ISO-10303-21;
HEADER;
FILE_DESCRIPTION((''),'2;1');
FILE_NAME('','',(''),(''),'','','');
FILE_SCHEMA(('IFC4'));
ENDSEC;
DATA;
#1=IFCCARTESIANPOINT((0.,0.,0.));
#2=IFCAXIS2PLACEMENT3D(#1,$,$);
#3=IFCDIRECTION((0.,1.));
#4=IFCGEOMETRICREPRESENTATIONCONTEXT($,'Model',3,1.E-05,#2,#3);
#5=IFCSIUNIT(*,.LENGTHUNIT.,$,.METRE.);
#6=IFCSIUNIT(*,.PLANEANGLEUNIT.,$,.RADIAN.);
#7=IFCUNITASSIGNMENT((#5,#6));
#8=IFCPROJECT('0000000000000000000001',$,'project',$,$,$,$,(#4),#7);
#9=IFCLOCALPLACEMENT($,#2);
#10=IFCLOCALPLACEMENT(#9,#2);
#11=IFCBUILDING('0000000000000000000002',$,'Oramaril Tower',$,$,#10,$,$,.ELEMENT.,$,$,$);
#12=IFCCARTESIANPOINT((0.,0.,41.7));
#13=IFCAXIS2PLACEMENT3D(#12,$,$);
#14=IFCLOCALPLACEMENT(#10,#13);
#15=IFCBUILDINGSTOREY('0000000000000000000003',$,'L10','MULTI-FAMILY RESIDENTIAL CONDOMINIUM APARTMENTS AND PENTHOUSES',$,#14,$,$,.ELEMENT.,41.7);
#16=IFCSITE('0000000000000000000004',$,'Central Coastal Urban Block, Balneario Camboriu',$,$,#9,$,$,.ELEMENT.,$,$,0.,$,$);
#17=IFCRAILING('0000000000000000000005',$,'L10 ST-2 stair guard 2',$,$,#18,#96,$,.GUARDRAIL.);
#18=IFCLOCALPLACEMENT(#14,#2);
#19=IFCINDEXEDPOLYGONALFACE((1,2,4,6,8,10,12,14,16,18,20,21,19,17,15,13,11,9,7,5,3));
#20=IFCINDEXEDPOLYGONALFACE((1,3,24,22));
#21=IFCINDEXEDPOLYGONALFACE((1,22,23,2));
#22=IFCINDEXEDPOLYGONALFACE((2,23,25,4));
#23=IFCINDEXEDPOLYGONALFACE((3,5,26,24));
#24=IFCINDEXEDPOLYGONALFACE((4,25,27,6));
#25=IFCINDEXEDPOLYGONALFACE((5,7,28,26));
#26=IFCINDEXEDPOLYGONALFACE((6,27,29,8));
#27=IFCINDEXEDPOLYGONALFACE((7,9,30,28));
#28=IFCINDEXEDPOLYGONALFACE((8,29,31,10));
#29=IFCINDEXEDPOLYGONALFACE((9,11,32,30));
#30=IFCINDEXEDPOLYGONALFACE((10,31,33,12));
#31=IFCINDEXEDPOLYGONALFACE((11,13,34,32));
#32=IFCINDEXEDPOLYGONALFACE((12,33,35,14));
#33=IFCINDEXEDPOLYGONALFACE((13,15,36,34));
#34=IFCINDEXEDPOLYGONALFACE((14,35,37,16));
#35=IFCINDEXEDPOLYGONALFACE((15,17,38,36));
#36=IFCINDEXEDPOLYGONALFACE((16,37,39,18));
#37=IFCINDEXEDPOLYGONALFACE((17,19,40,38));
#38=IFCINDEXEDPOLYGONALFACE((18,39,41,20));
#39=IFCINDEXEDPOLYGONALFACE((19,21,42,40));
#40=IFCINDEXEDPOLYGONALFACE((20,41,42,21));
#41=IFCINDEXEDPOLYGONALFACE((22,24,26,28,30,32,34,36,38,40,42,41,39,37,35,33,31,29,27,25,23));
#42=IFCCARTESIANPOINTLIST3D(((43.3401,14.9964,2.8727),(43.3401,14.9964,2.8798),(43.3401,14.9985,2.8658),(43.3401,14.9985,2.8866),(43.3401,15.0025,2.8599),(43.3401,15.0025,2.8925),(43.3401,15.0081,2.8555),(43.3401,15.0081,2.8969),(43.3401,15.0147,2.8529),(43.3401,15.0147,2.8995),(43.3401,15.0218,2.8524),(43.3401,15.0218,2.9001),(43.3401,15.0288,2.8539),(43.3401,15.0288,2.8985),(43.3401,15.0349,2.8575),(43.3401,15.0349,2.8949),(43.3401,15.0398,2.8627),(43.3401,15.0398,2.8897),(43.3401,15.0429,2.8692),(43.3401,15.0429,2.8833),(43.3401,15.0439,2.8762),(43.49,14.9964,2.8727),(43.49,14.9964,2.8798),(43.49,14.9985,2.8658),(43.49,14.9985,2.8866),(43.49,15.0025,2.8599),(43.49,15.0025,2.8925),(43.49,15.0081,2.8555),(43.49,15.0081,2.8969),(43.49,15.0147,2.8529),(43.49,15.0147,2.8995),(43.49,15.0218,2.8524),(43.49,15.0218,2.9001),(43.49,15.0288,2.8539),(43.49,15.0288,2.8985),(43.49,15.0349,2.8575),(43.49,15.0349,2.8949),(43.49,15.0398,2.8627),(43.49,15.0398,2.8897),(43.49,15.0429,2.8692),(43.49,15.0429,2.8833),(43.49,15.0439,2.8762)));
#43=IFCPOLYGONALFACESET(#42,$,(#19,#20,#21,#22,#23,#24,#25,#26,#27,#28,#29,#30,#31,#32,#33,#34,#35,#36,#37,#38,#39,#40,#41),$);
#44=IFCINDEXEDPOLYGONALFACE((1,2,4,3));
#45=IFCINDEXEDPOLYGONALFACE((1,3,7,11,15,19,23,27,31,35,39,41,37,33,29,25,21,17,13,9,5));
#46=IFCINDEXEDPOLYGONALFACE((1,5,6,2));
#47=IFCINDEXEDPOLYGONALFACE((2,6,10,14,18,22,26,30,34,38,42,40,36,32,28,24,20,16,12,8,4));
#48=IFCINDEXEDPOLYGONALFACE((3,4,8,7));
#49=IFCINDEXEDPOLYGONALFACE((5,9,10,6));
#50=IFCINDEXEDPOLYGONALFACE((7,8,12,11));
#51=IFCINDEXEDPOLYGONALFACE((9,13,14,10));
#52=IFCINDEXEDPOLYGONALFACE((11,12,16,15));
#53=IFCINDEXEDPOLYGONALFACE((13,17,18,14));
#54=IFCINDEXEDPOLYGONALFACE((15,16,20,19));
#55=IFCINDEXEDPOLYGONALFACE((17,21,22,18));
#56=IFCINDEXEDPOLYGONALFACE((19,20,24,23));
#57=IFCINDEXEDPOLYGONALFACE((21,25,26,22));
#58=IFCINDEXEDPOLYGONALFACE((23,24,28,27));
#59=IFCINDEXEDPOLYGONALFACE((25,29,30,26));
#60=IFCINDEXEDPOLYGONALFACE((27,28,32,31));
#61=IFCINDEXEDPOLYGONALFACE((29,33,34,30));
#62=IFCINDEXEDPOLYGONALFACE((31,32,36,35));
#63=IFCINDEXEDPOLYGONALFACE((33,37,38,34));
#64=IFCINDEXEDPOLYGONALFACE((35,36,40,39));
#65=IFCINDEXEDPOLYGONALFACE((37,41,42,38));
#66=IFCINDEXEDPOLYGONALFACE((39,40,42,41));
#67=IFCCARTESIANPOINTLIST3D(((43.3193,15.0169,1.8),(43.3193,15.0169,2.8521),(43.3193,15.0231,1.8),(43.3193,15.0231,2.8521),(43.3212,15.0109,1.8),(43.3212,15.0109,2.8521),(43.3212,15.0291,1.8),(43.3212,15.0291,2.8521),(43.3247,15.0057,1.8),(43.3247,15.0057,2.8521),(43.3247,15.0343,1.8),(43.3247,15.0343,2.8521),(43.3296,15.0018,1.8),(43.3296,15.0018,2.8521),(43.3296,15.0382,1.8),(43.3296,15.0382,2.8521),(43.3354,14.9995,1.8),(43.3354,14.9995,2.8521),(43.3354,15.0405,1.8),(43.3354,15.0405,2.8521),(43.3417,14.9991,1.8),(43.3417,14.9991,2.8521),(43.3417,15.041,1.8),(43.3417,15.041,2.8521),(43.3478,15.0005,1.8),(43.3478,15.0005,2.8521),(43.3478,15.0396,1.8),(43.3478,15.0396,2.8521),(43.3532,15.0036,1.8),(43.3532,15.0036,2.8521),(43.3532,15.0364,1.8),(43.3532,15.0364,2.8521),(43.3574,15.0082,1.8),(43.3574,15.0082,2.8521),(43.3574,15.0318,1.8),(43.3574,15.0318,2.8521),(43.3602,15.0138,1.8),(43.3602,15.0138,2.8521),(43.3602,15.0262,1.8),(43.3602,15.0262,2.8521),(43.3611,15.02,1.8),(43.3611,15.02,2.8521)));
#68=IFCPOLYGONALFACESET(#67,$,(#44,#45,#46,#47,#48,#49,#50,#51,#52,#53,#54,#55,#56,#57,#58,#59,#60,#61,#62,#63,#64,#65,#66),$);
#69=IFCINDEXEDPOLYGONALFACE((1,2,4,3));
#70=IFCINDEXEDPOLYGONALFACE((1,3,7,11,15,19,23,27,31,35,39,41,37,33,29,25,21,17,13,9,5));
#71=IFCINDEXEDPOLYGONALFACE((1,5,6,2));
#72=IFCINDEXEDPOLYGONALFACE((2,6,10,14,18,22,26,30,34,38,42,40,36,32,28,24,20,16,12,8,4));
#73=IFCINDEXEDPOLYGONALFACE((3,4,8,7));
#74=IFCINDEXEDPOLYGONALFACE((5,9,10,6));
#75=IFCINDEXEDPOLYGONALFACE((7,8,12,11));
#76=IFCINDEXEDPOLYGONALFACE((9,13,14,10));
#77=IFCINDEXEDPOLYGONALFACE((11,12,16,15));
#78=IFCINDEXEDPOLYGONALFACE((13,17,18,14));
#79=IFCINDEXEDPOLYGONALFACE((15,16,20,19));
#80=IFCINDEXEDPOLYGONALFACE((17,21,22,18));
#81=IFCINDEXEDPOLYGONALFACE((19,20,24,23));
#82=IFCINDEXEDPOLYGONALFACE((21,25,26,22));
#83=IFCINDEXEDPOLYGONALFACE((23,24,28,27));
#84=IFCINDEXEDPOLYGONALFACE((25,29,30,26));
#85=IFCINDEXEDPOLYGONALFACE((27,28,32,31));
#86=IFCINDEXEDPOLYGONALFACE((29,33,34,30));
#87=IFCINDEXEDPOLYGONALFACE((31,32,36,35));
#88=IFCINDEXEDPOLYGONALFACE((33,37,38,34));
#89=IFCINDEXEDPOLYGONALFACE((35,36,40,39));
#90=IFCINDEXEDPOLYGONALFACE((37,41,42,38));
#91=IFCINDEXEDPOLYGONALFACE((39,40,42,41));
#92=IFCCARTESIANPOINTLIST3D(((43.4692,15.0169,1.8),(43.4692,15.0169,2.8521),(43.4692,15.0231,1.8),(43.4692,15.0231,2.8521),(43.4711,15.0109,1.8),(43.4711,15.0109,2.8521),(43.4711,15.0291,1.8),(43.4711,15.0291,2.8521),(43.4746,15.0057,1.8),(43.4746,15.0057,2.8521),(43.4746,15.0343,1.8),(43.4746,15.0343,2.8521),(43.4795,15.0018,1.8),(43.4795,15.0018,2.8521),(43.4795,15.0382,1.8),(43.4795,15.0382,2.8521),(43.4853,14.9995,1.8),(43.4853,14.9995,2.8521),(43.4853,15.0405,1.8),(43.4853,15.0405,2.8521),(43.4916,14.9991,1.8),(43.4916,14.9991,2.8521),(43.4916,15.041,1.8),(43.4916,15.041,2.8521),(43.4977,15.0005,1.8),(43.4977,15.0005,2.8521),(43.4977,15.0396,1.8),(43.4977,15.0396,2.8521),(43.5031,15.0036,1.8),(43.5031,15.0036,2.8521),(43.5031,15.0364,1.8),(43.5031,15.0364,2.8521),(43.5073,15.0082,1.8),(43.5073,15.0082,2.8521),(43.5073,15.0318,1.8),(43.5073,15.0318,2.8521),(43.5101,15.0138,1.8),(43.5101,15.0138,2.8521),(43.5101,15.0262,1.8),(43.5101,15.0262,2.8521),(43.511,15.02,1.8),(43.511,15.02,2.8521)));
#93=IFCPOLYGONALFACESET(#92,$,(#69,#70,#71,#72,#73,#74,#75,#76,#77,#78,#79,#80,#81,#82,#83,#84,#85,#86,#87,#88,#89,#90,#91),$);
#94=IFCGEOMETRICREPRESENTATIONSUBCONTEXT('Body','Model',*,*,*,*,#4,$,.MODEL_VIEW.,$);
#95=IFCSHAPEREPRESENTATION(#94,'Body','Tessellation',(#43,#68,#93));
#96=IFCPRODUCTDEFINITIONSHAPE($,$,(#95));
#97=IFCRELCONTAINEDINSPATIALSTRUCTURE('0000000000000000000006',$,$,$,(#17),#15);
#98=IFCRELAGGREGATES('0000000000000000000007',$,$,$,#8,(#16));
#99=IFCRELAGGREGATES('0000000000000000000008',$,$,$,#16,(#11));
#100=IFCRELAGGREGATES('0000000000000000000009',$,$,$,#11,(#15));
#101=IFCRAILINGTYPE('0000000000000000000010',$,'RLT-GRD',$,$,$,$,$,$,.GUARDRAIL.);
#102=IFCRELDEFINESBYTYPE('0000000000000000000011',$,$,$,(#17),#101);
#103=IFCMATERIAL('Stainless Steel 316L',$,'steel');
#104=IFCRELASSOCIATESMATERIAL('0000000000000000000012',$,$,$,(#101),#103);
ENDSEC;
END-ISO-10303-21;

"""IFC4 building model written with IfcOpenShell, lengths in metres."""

from ifc_helpers import new_model, si_unit, direction, frame, origin, origin_2d, place, context, subcontext, project, spatial, circle, extrude, material, type_object, element, save


model = new_model("IFC4")

# Units and contexts
model_context = context("Model", 3, precision=1e-05, world=origin(), true_north=direction((0.0, 1.0)))
body_context = subcontext(model_context, "Body", "Model", "MODEL_VIEW")
ifc_project = project(units=[si_unit("LENGTHUNIT", "METRE"), si_unit("PLANEANGLEUNIT", "RADIAN")], contexts=[model_context])

# Site, building, storey
site_placement = place(None, origin())
site = spatial("IfcSite", under=ifc_project, at=site_placement, Name="Central Coastal Urban Block, Balneario Camboriu", CompositionType="ELEMENT", RefElevation=0.0)
building_placement = place(site_placement, origin())
building = spatial("IfcBuilding", under=site, at=building_placement, Name="Oramaril Tower", CompositionType="ELEMENT")
storey_placement = place(building_placement, frame((0.0, 0.0, 41.7)))
storey = spatial("IfcBuildingStorey", under=building, at=storey_placement, Name="L10", Description="MULTI-FAMILY RESIDENTIAL CONDOMINIUM APARTMENTS AND PENTHOUSES", CompositionType="ELEMENT", Elevation=41.7)

# Railing
ifc_material_1 = material(Name="Stainless Steel 316L", Category="steel")
railing_type_1 = type_object("IfcRailingType", Name="RLT-GRD", PredefinedType="GUARDRAIL", material=ifc_material_1)
railing_1_placement = place(storey_placement, frame((43.3401, 15.02, 1.8)))
element("IfcRailing", 1, at=railing_1_placement, inside=storey, type_object=railing_type_1, Name="L10 ST-2 stair guard 2", PredefinedType="GUARDRAIL", context=body_context, shape_type="SweptSolid", body=[
    extrude(circle(Radius=0.0239, at=origin_2d()), frame((0.0, 0.0, 1.0762), z_axis=(1.0, 0.0, 0.0), x_axis=(0.0, 1.0, 0.0)), (0.0, 0.0, 1.0), 0.1499),
    extrude(circle(Radius=0.021, at=origin_2d()), origin(), (0.0, 0.0, 1.0), 1.052),
    extrude(circle(Radius=0.021, at=origin_2d()), frame((0.1499, 0.0, 0.0)), (0.0, 0.0, 1.0), 1.052),
])

save(model, "model.ifc")
